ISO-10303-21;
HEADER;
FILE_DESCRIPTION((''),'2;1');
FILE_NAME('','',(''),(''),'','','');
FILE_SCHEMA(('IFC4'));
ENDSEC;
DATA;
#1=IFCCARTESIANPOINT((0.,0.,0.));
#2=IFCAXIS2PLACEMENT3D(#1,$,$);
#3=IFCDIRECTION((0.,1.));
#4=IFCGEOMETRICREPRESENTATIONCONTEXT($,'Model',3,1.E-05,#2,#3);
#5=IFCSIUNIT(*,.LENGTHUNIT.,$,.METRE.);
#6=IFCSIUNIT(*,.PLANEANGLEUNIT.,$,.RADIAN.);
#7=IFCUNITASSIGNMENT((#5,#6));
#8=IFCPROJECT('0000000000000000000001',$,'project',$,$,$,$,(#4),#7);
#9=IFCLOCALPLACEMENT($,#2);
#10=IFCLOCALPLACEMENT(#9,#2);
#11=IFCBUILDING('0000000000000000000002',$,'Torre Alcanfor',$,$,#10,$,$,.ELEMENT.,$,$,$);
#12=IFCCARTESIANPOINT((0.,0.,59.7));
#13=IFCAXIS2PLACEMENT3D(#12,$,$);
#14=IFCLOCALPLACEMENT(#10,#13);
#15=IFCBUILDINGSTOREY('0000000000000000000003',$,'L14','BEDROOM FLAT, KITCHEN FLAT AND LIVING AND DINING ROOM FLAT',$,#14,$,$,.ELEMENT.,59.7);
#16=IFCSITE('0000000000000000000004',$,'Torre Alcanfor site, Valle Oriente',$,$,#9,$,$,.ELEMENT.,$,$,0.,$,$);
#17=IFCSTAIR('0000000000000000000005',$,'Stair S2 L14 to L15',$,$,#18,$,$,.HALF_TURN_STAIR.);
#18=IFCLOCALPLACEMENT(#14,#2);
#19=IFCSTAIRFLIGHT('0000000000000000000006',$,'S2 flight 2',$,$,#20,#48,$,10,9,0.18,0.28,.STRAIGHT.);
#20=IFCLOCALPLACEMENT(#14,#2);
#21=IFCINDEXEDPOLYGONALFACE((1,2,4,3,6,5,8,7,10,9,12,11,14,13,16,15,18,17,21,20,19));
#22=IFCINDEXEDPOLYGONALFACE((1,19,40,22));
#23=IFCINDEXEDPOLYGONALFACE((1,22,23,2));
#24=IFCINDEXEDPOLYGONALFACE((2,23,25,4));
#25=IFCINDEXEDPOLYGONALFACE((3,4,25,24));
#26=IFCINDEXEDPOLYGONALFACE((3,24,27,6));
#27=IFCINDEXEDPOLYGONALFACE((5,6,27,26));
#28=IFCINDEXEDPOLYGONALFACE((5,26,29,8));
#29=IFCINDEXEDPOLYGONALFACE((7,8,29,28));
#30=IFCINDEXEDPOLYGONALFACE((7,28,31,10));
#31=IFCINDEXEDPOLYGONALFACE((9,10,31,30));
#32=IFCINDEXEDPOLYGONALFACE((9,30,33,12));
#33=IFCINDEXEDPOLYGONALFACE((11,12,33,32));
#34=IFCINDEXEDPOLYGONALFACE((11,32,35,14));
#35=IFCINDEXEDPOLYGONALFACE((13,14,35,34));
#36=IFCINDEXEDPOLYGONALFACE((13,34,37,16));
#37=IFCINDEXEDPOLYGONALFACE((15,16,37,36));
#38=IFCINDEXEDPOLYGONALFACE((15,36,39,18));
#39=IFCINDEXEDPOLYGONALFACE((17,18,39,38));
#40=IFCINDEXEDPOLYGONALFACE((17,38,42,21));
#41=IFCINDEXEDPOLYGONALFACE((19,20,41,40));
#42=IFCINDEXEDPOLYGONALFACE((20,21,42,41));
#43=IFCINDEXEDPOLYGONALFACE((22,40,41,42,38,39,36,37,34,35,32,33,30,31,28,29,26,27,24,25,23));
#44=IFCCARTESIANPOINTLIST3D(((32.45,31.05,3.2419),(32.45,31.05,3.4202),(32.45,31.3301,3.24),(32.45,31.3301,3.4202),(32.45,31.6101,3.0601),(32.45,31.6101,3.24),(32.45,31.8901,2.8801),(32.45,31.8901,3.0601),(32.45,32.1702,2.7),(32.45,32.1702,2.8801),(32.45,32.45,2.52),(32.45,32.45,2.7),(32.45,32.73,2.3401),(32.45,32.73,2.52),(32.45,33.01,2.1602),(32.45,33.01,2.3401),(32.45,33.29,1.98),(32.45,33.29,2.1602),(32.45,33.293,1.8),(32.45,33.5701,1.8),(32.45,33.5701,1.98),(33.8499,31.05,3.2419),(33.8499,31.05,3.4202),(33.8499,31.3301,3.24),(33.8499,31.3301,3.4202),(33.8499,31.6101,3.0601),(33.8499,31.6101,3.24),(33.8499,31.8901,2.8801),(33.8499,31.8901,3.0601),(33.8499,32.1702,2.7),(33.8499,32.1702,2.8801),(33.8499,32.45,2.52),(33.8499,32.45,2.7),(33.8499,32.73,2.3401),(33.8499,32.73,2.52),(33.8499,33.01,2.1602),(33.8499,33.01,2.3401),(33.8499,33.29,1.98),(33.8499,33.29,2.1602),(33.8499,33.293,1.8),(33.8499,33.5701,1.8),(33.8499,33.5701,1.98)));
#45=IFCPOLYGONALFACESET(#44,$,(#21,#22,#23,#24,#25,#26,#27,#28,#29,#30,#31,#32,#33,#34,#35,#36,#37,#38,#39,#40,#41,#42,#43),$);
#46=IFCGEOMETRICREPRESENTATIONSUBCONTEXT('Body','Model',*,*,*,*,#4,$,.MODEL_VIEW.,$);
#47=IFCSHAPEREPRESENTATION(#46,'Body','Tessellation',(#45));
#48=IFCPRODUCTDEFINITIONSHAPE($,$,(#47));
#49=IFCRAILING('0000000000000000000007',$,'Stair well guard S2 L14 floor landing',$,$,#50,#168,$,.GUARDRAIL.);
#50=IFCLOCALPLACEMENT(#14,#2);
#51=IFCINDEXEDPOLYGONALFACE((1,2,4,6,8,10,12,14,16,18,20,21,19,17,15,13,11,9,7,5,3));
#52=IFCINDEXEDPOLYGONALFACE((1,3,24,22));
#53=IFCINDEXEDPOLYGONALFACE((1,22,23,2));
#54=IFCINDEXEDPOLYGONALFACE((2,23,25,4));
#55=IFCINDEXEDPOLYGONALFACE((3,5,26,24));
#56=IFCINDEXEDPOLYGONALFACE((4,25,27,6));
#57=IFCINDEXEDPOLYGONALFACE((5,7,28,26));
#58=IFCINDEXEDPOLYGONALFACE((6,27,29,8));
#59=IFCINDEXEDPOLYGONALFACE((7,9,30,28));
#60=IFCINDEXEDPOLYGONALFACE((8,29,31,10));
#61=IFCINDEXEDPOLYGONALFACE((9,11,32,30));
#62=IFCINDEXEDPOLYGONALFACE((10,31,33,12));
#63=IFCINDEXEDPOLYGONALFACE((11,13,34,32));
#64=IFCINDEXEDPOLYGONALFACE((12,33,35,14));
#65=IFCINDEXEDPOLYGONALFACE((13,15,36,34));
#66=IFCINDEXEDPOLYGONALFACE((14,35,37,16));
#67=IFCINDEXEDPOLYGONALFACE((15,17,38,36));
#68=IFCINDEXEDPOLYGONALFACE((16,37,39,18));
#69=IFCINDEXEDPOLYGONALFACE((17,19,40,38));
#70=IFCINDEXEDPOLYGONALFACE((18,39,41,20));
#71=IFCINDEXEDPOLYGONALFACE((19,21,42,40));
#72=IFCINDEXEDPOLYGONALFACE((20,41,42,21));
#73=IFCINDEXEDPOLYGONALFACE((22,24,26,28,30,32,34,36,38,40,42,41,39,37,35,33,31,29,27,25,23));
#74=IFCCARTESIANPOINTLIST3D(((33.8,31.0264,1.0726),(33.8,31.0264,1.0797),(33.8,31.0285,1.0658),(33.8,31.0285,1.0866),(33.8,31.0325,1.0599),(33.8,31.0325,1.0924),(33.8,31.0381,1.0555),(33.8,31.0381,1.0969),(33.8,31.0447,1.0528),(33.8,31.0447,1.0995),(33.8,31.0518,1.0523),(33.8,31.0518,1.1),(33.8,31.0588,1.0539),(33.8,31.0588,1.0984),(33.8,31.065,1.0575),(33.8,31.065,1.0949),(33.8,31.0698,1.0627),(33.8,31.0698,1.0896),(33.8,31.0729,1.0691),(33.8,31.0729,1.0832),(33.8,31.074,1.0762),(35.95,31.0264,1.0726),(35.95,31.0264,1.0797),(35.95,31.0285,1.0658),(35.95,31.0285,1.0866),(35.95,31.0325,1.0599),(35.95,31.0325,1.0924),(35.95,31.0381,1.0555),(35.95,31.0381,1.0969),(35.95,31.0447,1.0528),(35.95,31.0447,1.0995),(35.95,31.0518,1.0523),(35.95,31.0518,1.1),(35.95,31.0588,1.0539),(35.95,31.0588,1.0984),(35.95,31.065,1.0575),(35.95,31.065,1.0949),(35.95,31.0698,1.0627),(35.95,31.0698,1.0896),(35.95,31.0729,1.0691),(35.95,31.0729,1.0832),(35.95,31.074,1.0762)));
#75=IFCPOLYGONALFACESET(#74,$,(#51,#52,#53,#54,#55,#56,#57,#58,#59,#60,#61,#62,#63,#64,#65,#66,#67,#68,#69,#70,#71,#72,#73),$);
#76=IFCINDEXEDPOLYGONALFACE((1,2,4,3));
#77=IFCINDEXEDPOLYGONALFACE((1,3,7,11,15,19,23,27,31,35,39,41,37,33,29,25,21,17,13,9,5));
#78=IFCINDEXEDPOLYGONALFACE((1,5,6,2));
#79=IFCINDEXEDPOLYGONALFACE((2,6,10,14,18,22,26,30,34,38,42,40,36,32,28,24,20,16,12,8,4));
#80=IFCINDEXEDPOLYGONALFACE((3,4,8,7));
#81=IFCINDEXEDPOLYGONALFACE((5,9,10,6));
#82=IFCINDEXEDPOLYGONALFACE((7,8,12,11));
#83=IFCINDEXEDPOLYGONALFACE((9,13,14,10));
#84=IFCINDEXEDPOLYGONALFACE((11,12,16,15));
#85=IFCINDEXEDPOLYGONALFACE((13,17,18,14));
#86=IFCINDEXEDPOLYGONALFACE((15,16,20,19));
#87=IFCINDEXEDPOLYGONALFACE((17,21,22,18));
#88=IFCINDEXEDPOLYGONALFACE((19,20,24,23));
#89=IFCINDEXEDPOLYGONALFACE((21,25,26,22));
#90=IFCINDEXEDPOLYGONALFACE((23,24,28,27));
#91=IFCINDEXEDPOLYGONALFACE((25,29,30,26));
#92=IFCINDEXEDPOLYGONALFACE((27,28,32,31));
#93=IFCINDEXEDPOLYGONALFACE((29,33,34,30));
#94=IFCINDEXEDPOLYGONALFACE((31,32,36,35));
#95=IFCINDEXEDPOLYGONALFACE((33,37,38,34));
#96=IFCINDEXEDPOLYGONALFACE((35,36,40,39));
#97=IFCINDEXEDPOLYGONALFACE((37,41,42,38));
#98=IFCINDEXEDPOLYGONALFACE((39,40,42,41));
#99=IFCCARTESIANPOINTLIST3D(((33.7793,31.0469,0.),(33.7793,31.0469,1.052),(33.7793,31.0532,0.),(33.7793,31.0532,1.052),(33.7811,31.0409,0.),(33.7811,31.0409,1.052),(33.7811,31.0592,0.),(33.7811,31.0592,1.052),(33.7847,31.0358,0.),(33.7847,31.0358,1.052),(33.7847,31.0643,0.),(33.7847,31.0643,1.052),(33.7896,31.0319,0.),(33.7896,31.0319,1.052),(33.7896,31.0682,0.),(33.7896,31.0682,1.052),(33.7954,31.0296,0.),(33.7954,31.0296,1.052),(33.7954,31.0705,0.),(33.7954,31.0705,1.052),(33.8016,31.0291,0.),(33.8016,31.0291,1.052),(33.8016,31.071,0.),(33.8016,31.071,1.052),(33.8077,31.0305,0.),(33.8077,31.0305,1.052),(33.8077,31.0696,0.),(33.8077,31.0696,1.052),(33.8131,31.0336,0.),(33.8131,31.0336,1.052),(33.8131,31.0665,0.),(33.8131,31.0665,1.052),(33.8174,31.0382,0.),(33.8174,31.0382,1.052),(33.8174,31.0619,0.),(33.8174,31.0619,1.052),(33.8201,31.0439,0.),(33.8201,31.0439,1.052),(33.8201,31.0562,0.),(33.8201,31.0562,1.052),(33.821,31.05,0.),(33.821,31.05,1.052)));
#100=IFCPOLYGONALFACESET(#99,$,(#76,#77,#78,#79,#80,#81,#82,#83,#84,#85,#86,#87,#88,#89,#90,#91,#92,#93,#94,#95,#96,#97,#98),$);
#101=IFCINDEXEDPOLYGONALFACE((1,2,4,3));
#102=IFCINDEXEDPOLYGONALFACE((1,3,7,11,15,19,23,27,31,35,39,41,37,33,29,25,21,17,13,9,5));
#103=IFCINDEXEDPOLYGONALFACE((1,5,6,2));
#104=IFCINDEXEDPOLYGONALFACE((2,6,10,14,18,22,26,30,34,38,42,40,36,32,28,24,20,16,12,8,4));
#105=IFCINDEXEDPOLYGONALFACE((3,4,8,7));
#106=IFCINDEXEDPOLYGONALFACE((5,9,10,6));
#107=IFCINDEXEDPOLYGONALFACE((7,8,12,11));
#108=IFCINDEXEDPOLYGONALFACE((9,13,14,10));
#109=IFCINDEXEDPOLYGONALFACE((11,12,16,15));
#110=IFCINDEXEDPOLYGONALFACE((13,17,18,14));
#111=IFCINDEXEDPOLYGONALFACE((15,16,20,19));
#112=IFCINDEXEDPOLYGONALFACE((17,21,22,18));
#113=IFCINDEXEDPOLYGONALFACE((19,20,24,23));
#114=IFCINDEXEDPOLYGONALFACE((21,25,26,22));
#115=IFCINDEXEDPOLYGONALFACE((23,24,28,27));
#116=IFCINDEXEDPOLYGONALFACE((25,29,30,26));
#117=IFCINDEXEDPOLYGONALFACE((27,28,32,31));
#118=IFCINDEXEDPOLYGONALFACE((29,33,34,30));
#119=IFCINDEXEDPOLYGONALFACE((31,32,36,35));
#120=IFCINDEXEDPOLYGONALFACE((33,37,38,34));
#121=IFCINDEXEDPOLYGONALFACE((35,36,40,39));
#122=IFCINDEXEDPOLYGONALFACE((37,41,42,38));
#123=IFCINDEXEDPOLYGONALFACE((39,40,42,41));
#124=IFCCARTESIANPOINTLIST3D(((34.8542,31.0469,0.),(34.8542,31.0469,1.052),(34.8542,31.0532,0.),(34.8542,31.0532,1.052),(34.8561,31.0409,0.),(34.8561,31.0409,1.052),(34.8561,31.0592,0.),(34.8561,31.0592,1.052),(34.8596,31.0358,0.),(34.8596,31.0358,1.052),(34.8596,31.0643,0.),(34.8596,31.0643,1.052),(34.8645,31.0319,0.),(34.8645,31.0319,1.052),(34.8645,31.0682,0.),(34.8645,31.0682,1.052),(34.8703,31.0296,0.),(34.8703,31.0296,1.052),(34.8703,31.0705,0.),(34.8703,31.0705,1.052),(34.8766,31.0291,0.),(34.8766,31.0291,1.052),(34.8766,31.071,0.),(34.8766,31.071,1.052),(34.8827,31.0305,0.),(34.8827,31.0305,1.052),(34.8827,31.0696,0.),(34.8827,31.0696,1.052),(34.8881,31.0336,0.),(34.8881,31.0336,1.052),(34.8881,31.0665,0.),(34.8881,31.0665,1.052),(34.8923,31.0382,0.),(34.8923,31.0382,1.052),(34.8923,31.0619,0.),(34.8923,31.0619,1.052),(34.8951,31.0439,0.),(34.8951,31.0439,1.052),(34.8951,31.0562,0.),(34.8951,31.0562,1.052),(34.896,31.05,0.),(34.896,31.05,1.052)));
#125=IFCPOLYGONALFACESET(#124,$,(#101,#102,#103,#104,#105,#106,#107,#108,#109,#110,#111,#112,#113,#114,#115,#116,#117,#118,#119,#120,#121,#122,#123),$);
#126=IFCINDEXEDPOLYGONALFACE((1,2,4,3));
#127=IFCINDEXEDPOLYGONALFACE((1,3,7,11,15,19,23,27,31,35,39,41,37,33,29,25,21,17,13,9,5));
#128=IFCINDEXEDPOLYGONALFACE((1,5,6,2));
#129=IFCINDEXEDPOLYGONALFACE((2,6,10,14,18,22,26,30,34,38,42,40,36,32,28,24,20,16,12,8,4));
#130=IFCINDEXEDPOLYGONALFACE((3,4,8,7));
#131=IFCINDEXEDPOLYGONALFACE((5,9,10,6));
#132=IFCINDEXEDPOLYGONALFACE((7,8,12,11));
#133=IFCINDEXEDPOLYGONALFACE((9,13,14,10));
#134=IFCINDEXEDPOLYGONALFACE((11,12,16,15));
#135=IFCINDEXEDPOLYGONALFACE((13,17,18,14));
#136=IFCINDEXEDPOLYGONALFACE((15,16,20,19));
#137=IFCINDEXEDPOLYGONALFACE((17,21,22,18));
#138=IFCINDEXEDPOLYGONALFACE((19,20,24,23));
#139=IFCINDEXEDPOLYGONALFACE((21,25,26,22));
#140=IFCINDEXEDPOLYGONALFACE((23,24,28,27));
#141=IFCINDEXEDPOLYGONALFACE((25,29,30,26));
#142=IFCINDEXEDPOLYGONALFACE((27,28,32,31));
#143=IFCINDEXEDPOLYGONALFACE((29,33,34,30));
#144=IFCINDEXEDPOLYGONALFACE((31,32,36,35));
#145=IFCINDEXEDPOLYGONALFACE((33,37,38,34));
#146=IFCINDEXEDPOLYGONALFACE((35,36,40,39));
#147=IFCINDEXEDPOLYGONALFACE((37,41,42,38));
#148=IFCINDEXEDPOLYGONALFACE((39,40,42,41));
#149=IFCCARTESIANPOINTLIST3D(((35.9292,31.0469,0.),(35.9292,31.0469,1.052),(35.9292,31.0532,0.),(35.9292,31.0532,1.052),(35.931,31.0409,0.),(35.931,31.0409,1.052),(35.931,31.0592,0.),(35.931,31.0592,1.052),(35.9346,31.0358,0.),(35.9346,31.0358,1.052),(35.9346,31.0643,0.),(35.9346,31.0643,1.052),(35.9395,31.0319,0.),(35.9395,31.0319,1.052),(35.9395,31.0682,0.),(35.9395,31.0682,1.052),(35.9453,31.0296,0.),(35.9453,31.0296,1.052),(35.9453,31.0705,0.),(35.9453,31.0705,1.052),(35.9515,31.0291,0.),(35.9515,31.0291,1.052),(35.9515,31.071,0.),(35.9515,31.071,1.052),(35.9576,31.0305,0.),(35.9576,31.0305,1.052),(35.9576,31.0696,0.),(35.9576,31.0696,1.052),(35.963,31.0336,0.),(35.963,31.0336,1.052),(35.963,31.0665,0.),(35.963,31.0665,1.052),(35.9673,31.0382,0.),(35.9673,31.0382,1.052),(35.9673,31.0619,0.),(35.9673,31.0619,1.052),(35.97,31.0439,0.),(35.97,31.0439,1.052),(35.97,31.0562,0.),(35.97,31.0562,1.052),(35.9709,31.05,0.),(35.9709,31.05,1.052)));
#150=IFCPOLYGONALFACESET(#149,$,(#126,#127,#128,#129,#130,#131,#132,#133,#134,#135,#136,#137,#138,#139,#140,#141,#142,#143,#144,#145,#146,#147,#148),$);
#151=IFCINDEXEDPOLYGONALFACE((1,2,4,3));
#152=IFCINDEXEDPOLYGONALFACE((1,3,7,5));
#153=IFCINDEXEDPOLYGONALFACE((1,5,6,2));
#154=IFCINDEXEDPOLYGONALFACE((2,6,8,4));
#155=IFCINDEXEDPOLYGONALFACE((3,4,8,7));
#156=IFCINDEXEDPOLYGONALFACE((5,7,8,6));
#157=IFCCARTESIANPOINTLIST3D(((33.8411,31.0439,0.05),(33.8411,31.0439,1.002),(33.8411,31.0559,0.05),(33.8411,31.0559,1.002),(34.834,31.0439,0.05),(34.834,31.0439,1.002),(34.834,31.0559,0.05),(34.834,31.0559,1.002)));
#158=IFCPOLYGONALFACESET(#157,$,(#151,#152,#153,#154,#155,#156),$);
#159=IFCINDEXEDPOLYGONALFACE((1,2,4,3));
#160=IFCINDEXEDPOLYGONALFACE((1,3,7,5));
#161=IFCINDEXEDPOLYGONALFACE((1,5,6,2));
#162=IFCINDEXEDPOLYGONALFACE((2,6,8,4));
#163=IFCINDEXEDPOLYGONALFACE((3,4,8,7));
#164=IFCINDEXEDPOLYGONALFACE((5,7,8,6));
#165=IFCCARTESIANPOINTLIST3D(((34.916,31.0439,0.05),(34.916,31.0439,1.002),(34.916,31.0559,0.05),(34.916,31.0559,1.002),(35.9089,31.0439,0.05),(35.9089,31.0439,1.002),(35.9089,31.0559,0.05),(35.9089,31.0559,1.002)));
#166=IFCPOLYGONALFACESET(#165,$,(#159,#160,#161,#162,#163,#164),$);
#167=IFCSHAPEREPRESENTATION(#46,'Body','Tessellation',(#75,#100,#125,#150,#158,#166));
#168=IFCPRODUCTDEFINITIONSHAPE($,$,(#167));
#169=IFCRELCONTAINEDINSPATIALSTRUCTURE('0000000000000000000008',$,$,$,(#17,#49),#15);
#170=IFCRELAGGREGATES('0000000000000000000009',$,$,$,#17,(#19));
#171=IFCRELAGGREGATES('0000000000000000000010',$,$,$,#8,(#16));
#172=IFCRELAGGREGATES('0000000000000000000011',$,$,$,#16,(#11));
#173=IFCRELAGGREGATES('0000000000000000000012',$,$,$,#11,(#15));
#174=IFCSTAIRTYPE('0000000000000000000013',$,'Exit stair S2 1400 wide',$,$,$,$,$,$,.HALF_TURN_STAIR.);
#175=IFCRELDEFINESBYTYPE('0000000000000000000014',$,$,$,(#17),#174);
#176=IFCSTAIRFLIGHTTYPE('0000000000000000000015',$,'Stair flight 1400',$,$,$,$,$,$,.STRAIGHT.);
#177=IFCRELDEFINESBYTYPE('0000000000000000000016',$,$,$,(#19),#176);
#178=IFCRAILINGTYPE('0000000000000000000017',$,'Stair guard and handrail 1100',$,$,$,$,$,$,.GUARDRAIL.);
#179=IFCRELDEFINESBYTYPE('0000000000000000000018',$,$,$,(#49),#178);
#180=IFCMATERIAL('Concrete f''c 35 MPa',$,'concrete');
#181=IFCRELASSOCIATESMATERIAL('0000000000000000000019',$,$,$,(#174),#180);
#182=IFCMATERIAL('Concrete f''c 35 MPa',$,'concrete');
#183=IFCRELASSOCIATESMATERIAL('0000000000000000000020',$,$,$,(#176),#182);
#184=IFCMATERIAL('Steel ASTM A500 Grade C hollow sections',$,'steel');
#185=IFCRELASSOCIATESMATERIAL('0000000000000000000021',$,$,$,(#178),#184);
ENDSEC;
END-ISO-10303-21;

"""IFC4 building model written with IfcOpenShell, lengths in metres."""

from ifc_helpers import new_model, si_unit, direction, frame, origin, origin_2d, place, context, subcontext, project, spatial, polyline, circle, outline, extrude, material, type_object, element, aggregate, save


model = new_model("IFC4")

# Units and contexts
model_context = context("Model", 3, precision=1e-05, world=origin(), true_north=direction((0.0, 1.0)))
body_context = subcontext(model_context, "Body", "Model", "MODEL_VIEW")
ifc_project = project(units=[si_unit("LENGTHUNIT", "METRE"), si_unit("PLANEANGLEUNIT", "RADIAN")], contexts=[model_context])

# Site, building, storey
site_placement = place(None, origin())
site = spatial("IfcSite", under=ifc_project, at=site_placement, Name="Torre Alcanfor site, Valle Oriente", CompositionType="ELEMENT", RefElevation=0.0)
building_placement = place(site_placement, origin())
building = spatial("IfcBuilding", under=site, at=building_placement, Name="Torre Alcanfor", CompositionType="ELEMENT")
storey_placement = place(building_placement, frame((0.0, 0.0, 59.7)))
storey = spatial("IfcBuildingStorey", under=building, at=storey_placement, Name="L14", Description="BEDROOM FLAT, KITCHEN FLAT AND LIVING AND DINING ROOM FLAT", CompositionType="ELEMENT", Elevation=59.7)

# Stair, stair flight
ifc_material_1 = material(Name="Concrete f'c 35 MPa", Category="concrete")
stair_type = type_object("IfcStairType", Name="Exit stair S2 1400 wide", PredefinedType="HALF_TURN_STAIR", material=ifc_material_1)
stair_placement = place(storey_placement, origin())
stair = element("IfcStair", 1, at=stair_placement, inside=storey, type_object=stair_type, Name="Stair S2 L14 to L15", PredefinedType="HALF_TURN_STAIR")
ifc_material_2 = material(Name="Concrete f'c 35 MPa", Category="concrete")
stair_flight_type = type_object("IfcStairFlightType", Name="Stair flight 1400", PredefinedType="STRAIGHT", material=ifc_material_2)
stair_flight_1_placement = place(storey_placement, frame((33.1499, 33.5701, 1.8), z_axis=(0.0, 0.0, 1.0), x_axis=(0.0, -1.0, 0.0)))
stair_flight_1 = element("IfcStairFlight", 2, at=stair_flight_1_placement, type_object=stair_flight_type, Name="S2 flight 2", NumberOfRisers=10, NumberOfTreads=9, PredefinedType="STRAIGHT", RiserHeight=0.18, TreadLength=0.28, context=body_context, shape_type="SweptSolid", body=[
    extrude(outline(polyline([(0.0, 0.0), (0.0, 0.1799), (0.28, 0.1799), (0.28, 0.3601), (0.5601, 0.3601), (0.5601, 0.54), (0.8401, 0.54), (0.8401, 0.72), (1.1201, 0.72), (1.1201, 0.8999), (1.3999, 0.8999), (1.3999, 1.0801), (1.6799, 1.0801), (1.6799, 1.26), (1.96, 1.26), (1.96, 1.4399), (2.24, 1.4399), (2.24, 1.6201), (2.52, 1.6201), (2.52, 1.8), (2.52, 1.4419), (0.2771, 0.0), (0.0, 0.0)])), frame((0.0, 0.7, 0.0), z_axis=(0.0, -1.0, 0.0), x_axis=(1.0, 0.0, 0.0)), (0.0, 0.0, 1.0), 1.3999),
])
aggregate(stair, [stair_flight_1])

# Railing
ifc_material_3 = material(Name="Steel ASTM A500 Grade C hollow sections", Category="steel")
railing_type_1 = type_object("IfcRailingType", Name="Stair guard and handrail 1100", PredefinedType="GUARDRAIL", material=ifc_material_3)
for number, where, name in (
    (3, (33.8, 31.05, 0.0), "Stair well guard S2 L14 floor landing"),
):
    element("IfcRailing", number, at=place(storey_placement, frame(where)), inside=storey, type_object=railing_type_1, Name=name, PredefinedType="GUARDRAIL", context=body_context, shape_type="SweptSolid", body=[
        extrude(circle(Radius=0.0239, at=origin_2d()), frame((0.0, 0.0, 1.0762), z_axis=(1.0, 0.0, 0.0), x_axis=(0.0, 1.0, 0.0)), (0.0, 0.0, 1.0), 2.1499),
        extrude(circle(Radius=0.021, at=origin_2d()), origin(), (0.0, 0.0, 1.0), 1.052),
        extrude(circle(Radius=0.021, at=origin_2d()), frame((1.075, 0.0, 0.0)), (0.0, 0.0, 1.0), 1.052),
        extrude(circle(Radius=0.021, at=origin_2d()), frame((2.1499, 0.0, 0.0)), (0.0, 0.0, 1.0), 1.052),
        extrude(outline(polyline([(0.041, 0.05), (1.0339, 0.05), (1.0339, 1.002), (0.041, 1.002), (0.041, 0.05)])), frame((0.0, 0.0059, 0.0), z_axis=(0.0, -1.0, 0.0), x_axis=(1.0, 0.0, 0.0)), (0.0, 0.0, 1.0), 0.012),
        extrude(outline(polyline([(1.116, 0.05), (2.1089, 0.05), (2.1089, 1.002), (1.116, 1.002), (1.116, 0.05)])), frame((0.0, 0.0059, 0.0), z_axis=(0.0, -1.0, 0.0), x_axis=(1.0, 0.0, 0.0)), (0.0, 0.0, 1.0), 0.012),
    ])

save(model, "model.ifc")
